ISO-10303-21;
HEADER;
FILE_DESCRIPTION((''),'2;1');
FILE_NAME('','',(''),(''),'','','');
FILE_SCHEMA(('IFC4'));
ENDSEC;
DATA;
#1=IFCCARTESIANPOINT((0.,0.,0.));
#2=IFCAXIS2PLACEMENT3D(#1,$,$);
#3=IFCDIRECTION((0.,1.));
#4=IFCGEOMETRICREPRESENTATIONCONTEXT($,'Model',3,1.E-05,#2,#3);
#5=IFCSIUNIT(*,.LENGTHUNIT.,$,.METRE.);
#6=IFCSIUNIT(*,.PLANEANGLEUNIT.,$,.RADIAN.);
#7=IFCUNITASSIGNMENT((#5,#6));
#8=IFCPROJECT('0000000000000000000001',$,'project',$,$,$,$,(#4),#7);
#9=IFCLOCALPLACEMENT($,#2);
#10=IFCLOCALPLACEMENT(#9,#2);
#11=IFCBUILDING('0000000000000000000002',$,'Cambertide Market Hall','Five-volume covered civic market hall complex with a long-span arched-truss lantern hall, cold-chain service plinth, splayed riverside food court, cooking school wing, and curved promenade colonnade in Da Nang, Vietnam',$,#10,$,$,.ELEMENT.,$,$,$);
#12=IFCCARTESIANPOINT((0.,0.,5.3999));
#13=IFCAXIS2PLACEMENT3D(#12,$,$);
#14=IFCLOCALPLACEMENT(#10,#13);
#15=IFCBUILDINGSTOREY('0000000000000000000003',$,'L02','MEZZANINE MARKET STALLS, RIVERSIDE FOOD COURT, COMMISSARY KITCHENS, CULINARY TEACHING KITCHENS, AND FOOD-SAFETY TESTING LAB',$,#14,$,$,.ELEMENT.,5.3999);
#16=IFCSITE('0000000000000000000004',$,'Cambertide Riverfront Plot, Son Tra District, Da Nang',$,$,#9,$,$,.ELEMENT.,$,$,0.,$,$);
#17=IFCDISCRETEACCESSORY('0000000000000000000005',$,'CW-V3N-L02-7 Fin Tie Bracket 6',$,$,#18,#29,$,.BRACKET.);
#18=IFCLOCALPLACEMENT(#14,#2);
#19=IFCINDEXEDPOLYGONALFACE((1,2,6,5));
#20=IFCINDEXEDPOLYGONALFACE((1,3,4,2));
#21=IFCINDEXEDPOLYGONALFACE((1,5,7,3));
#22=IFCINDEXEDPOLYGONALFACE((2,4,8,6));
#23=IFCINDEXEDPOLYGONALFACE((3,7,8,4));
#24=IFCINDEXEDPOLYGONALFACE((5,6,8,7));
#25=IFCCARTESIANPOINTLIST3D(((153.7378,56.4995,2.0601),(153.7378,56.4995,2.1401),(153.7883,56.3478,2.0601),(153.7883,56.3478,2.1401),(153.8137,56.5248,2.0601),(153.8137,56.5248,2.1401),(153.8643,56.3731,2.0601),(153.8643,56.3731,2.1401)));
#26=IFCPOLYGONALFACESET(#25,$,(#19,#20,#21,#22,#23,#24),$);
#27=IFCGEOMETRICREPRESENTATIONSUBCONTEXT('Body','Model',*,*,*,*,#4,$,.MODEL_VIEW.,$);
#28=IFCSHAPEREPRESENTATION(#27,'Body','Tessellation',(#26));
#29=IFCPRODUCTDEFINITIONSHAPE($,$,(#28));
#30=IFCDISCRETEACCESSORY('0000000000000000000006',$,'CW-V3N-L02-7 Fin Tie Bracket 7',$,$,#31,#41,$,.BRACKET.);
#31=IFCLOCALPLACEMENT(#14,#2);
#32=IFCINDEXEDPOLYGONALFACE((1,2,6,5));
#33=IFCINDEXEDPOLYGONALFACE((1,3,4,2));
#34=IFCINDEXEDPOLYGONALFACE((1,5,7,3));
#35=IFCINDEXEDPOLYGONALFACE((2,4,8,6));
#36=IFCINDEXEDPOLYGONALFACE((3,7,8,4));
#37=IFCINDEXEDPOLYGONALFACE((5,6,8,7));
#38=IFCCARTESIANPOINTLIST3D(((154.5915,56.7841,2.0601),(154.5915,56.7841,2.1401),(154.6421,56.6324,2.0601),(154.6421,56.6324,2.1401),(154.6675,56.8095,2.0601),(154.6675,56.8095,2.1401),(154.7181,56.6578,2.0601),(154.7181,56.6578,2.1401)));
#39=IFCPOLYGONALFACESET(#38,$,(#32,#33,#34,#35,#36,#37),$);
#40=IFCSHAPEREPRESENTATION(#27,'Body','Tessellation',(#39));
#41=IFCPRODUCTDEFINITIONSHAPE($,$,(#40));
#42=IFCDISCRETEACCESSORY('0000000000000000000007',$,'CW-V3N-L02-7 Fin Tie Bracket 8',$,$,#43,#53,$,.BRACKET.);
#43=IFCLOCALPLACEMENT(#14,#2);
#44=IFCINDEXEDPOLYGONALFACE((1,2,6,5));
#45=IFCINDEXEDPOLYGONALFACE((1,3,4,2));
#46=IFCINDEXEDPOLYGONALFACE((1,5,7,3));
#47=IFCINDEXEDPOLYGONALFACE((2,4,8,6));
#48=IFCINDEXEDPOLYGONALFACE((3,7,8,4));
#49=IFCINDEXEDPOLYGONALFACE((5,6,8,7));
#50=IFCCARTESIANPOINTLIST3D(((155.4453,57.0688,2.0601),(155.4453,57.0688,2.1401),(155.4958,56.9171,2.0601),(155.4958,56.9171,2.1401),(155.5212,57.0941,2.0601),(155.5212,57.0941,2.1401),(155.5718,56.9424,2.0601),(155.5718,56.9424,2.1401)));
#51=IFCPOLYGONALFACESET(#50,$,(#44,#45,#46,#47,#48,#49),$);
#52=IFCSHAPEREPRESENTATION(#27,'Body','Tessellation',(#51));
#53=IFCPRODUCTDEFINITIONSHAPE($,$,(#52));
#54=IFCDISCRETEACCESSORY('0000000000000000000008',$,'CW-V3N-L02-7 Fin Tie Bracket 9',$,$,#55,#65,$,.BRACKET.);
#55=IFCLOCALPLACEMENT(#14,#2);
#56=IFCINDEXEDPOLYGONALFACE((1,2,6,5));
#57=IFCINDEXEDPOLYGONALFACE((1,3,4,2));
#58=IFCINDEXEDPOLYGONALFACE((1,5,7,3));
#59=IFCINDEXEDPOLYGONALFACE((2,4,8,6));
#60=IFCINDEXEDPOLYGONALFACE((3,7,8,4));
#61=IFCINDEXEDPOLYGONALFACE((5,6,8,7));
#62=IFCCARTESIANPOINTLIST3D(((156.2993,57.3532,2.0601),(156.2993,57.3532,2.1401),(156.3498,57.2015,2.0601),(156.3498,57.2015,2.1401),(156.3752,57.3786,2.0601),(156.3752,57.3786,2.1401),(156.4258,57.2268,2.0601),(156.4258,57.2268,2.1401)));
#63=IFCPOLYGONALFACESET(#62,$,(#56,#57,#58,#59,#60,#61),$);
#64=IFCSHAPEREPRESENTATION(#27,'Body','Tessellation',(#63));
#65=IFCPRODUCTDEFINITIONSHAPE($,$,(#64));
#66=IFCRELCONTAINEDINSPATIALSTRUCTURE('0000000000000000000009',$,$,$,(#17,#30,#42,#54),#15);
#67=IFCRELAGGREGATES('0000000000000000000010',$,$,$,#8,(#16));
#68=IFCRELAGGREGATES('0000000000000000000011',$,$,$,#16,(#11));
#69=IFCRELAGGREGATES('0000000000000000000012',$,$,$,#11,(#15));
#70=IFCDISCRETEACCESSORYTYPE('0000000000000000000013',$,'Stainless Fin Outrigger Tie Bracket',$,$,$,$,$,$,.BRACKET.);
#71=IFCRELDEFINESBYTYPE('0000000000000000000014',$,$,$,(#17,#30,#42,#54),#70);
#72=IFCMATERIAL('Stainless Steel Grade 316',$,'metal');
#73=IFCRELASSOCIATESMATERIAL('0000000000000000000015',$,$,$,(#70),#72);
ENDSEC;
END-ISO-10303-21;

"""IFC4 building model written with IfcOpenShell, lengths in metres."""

from ifc_helpers import new_model, si_unit, direction, frame, origin, origin_2d, place, context, subcontext, project, spatial, rectangle, extrude, material, type_object, element, save


model = new_model("IFC4")

# Units and contexts
model_context = context("Model", 3, precision=1e-05, world=origin(), true_north=direction((0.0, 1.0)))
body_context = subcontext(model_context, "Body", "Model", "MODEL_VIEW")
ifc_project = project(units=[si_unit("LENGTHUNIT", "METRE"), si_unit("PLANEANGLEUNIT", "RADIAN")], contexts=[model_context])

# Site, building, storey
site_placement = place(None, origin())
site = spatial("IfcSite", under=ifc_project, at=site_placement, Name="Cambertide Riverfront Plot, Son Tra District, Da Nang", CompositionType="ELEMENT", RefElevation=0.0)
building_placement = place(site_placement, origin())
building = spatial("IfcBuilding", under=site, at=building_placement, Name="Cambertide Market Hall", Description="Five-volume covered civic market hall complex with a long-span arched-truss lantern hall, cold-chain service plinth, splayed riverside food court, cooking school wing, and curved promenade colonnade in Da Nang, Vietnam", CompositionType="ELEMENT")
storey_placement = place(building_placement, frame((0.0, 0.0, 5.3999)))
storey = spatial("IfcBuildingStorey", under=building, at=storey_placement, Name="L02", Description="MEZZANINE MARKET STALLS, RIVERSIDE FOOD COURT, COMMISSARY KITCHENS, CULINARY TEACHING KITCHENS, AND FOOD-SAFETY TESTING LAB", CompositionType="ELEMENT", Elevation=5.3999)

# Discrete accessories
ifc_material_1 = material(Name="Stainless Steel Grade 316", Category="metal")
discrete_accessory_type = type_object("IfcDiscreteAccessoryType", Name="Stainless Fin Outrigger Tie Bracket", PredefinedType="BRACKET", material=ifc_material_1)
for number, where, z_axis, x_axis, name in (
    (1, (153.801, 56.4363, 2.0601), (0.0, 0.0, 1.0), (0.948683, 0.316228, 0.0), "CW-V3N-L02-7 Fin Tie Bracket 6"),
    (2, (154.6548, 56.7209, 2.0601), (0.0, 0.0, 1.0), (0.948683, 0.316228, 0.0), "CW-V3N-L02-7 Fin Tie Bracket 7"),
    (3, (155.5085, 57.0056, 2.0601), (0.0, 0.0, 1.0), (0.948683, 0.316228, 0.0), "CW-V3N-L02-7 Fin Tie Bracket 8"),
    (4, (156.3625, 57.29, 2.0601), (0.0, 0.0, 1.0), (0.948683, 0.316228, 0.0), "CW-V3N-L02-7 Fin Tie Bracket 9"),
):
    element("IfcDiscreteAccessory", number, at=place(storey_placement, frame(where, z_axis=z_axis, x_axis=x_axis)), inside=storey, type_object=discrete_accessory_type, Name=name, PredefinedType="BRACKET", context=body_context, shape_type="SweptSolid", body=[
        extrude(rectangle(XDim=0.0801, YDim=0.1599, at=origin_2d()), origin(), (0.0, 0.0, 1.0), 0.0801),
    ])

save(model, "model.ifc")
